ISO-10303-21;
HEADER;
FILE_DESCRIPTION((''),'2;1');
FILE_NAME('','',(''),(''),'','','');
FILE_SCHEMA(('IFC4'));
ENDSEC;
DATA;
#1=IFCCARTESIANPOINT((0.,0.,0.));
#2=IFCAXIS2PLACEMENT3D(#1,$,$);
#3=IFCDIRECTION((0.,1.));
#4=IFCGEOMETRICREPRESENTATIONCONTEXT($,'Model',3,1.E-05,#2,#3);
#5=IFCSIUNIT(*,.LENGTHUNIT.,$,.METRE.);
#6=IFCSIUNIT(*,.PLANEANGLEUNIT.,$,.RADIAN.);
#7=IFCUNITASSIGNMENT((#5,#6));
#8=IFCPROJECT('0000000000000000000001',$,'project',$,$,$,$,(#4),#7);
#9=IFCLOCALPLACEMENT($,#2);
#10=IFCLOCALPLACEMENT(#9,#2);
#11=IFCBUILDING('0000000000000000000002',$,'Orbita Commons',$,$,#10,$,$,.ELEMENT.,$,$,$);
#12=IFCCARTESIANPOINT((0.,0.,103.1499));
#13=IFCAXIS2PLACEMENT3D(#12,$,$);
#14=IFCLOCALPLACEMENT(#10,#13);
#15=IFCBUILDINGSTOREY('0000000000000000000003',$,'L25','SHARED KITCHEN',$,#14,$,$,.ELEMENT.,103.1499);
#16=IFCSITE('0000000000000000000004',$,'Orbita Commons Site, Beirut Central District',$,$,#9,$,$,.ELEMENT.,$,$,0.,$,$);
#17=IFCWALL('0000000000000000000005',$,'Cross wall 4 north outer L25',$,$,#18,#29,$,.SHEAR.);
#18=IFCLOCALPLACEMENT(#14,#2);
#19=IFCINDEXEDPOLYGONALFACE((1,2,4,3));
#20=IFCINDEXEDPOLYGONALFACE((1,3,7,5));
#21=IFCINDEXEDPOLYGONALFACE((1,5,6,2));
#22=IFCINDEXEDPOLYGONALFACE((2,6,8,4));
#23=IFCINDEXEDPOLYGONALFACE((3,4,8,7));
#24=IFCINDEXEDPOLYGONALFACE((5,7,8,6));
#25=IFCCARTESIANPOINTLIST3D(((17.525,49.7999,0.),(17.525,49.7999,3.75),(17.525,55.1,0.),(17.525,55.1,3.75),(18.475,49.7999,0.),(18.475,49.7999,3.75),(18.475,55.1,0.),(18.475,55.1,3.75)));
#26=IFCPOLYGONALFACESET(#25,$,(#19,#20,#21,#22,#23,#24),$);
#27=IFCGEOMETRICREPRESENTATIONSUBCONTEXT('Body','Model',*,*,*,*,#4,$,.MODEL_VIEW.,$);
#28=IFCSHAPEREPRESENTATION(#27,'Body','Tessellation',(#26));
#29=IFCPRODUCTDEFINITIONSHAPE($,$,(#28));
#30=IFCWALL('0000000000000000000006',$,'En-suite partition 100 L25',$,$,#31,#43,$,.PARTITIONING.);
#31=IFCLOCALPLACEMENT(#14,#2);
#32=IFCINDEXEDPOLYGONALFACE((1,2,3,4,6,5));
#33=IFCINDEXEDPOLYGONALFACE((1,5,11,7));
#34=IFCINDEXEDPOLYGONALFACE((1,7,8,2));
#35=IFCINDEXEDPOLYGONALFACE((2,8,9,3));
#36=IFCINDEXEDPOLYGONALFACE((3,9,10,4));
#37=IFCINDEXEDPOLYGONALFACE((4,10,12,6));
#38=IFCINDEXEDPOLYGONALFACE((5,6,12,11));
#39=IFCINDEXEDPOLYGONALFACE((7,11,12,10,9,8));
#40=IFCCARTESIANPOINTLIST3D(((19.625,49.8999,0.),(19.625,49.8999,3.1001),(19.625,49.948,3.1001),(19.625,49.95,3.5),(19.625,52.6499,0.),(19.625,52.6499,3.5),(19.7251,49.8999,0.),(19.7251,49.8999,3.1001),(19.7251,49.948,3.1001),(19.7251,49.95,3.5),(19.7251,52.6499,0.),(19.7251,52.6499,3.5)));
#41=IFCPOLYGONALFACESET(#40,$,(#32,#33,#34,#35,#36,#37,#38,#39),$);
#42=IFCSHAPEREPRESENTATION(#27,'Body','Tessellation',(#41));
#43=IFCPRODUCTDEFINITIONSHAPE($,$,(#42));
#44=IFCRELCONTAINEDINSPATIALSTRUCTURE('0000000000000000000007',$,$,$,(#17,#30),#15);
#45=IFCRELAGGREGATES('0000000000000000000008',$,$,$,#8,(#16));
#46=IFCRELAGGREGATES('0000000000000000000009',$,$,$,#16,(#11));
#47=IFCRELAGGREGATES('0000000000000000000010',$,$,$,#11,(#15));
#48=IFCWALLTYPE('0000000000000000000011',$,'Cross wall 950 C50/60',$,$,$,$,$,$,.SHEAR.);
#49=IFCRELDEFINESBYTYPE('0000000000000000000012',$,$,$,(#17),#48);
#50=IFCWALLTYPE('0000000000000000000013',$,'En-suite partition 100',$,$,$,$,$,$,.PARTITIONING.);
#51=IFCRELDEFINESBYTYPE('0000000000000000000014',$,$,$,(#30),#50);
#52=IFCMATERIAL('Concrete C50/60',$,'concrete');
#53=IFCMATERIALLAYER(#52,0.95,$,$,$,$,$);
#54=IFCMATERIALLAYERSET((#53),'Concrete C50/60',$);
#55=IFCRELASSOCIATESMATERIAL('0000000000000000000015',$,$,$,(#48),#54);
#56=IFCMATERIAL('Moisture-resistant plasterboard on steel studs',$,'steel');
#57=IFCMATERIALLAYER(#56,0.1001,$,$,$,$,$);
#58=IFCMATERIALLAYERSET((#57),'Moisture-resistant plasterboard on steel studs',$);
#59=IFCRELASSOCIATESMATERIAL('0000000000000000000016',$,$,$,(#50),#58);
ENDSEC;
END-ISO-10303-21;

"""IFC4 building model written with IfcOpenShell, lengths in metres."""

from ifc_helpers import new_model, si_unit, direction, frame, frame_2d, origin, place, context, subcontext, project, spatial, polyline, rectangle, outline, extrude, material, layer, layer_set, type_object, element, save


model = new_model("IFC4")

# Units and contexts
model_context = context("Model", 3, precision=1e-05, world=origin(), true_north=direction((0.0, 1.0)))
body_context = subcontext(model_context, "Body", "Model", "MODEL_VIEW")
ifc_project = project(units=[si_unit("LENGTHUNIT", "METRE"), si_unit("PLANEANGLEUNIT", "RADIAN")], contexts=[model_context])

# Site, building, storey
site_placement = place(None, origin())
site = spatial("IfcSite", under=ifc_project, at=site_placement, Name="Orbita Commons Site, Beirut Central District", CompositionType="ELEMENT", RefElevation=0.0)
building_placement = place(site_placement, origin())
building = spatial("IfcBuilding", under=site, at=building_placement, Name="Orbita Commons", CompositionType="ELEMENT")
storey_placement = place(building_placement, frame((0.0, 0.0, 103.1499)))
storey = spatial("IfcBuildingStorey", under=building, at=storey_placement, Name="L25", Description="SHARED KITCHEN", CompositionType="ELEMENT", Elevation=103.1499)

# Walls
ifc_material_1 = material(Name="Concrete C50/60", Category="concrete")
ifc_layer_1 = layer(ifc_material_1, 0.95)
ifc_layer_set_1 = layer_set([ifc_layer_1], Name="Concrete C50/60")
wall_type_1 = type_object("IfcWallType", Name="Cross wall 950 C50/60", PredefinedType="SHEAR", material=ifc_layer_set_1)
wall_1_placement = place(storey_placement, frame((18.0, 49.8, 0.0), z_axis=(0.0, 0.0, 1.0), x_axis=(0.0, 1.0, 0.0)))
element("IfcWall", 1, at=wall_1_placement, inside=storey, type_object=wall_type_1, Name="Cross wall 4 north outer L25", PredefinedType="SHEAR", context=body_context, shape_type="SweptSolid", body=[
    extrude(rectangle(XDim=5.3, YDim=0.95, at=frame_2d((2.6499, 0.0))), origin(), (0.0, 0.0, 1.0), 3.75),
])
ifc_material_2 = material(Name="Moisture-resistant plasterboard on steel studs", Category="steel")
ifc_layer_2 = layer(ifc_material_2, 0.1001)
ifc_layer_set_2 = layer_set([ifc_layer_2], Name="Moisture-resistant plasterboard on steel studs")
wall_type_2 = type_object("IfcWallType", Name="En-suite partition 100", PredefinedType="PARTITIONING", material=ifc_layer_set_2)
wall_2_placement = place(storey_placement, frame((19.675, 52.6499, 0.0), z_axis=(0.0, 0.0, 1.0), x_axis=(0.0, -1.0, 0.0)))
element("IfcWall", 2, at=wall_2_placement, inside=storey, type_object=wall_type_2, Name="En-suite partition 100 L25", PredefinedType="PARTITIONING", context=body_context, shape_type="SweptSolid", body=[
    extrude(outline(polyline([(0.0, 0.0), (2.75, 0.0), (2.75, 3.1001), (2.7019, 3.1001), (2.7, 3.5), (0.0, 3.5), (0.0, 0.0)])), frame((0.0, 0.05, 0.0), z_axis=(0.0, -1.0, 0.0), x_axis=(1.0, 0.0, 0.0)), (0.0, 0.0, 1.0), 0.1001),
])

save(model, "model.ifc")
